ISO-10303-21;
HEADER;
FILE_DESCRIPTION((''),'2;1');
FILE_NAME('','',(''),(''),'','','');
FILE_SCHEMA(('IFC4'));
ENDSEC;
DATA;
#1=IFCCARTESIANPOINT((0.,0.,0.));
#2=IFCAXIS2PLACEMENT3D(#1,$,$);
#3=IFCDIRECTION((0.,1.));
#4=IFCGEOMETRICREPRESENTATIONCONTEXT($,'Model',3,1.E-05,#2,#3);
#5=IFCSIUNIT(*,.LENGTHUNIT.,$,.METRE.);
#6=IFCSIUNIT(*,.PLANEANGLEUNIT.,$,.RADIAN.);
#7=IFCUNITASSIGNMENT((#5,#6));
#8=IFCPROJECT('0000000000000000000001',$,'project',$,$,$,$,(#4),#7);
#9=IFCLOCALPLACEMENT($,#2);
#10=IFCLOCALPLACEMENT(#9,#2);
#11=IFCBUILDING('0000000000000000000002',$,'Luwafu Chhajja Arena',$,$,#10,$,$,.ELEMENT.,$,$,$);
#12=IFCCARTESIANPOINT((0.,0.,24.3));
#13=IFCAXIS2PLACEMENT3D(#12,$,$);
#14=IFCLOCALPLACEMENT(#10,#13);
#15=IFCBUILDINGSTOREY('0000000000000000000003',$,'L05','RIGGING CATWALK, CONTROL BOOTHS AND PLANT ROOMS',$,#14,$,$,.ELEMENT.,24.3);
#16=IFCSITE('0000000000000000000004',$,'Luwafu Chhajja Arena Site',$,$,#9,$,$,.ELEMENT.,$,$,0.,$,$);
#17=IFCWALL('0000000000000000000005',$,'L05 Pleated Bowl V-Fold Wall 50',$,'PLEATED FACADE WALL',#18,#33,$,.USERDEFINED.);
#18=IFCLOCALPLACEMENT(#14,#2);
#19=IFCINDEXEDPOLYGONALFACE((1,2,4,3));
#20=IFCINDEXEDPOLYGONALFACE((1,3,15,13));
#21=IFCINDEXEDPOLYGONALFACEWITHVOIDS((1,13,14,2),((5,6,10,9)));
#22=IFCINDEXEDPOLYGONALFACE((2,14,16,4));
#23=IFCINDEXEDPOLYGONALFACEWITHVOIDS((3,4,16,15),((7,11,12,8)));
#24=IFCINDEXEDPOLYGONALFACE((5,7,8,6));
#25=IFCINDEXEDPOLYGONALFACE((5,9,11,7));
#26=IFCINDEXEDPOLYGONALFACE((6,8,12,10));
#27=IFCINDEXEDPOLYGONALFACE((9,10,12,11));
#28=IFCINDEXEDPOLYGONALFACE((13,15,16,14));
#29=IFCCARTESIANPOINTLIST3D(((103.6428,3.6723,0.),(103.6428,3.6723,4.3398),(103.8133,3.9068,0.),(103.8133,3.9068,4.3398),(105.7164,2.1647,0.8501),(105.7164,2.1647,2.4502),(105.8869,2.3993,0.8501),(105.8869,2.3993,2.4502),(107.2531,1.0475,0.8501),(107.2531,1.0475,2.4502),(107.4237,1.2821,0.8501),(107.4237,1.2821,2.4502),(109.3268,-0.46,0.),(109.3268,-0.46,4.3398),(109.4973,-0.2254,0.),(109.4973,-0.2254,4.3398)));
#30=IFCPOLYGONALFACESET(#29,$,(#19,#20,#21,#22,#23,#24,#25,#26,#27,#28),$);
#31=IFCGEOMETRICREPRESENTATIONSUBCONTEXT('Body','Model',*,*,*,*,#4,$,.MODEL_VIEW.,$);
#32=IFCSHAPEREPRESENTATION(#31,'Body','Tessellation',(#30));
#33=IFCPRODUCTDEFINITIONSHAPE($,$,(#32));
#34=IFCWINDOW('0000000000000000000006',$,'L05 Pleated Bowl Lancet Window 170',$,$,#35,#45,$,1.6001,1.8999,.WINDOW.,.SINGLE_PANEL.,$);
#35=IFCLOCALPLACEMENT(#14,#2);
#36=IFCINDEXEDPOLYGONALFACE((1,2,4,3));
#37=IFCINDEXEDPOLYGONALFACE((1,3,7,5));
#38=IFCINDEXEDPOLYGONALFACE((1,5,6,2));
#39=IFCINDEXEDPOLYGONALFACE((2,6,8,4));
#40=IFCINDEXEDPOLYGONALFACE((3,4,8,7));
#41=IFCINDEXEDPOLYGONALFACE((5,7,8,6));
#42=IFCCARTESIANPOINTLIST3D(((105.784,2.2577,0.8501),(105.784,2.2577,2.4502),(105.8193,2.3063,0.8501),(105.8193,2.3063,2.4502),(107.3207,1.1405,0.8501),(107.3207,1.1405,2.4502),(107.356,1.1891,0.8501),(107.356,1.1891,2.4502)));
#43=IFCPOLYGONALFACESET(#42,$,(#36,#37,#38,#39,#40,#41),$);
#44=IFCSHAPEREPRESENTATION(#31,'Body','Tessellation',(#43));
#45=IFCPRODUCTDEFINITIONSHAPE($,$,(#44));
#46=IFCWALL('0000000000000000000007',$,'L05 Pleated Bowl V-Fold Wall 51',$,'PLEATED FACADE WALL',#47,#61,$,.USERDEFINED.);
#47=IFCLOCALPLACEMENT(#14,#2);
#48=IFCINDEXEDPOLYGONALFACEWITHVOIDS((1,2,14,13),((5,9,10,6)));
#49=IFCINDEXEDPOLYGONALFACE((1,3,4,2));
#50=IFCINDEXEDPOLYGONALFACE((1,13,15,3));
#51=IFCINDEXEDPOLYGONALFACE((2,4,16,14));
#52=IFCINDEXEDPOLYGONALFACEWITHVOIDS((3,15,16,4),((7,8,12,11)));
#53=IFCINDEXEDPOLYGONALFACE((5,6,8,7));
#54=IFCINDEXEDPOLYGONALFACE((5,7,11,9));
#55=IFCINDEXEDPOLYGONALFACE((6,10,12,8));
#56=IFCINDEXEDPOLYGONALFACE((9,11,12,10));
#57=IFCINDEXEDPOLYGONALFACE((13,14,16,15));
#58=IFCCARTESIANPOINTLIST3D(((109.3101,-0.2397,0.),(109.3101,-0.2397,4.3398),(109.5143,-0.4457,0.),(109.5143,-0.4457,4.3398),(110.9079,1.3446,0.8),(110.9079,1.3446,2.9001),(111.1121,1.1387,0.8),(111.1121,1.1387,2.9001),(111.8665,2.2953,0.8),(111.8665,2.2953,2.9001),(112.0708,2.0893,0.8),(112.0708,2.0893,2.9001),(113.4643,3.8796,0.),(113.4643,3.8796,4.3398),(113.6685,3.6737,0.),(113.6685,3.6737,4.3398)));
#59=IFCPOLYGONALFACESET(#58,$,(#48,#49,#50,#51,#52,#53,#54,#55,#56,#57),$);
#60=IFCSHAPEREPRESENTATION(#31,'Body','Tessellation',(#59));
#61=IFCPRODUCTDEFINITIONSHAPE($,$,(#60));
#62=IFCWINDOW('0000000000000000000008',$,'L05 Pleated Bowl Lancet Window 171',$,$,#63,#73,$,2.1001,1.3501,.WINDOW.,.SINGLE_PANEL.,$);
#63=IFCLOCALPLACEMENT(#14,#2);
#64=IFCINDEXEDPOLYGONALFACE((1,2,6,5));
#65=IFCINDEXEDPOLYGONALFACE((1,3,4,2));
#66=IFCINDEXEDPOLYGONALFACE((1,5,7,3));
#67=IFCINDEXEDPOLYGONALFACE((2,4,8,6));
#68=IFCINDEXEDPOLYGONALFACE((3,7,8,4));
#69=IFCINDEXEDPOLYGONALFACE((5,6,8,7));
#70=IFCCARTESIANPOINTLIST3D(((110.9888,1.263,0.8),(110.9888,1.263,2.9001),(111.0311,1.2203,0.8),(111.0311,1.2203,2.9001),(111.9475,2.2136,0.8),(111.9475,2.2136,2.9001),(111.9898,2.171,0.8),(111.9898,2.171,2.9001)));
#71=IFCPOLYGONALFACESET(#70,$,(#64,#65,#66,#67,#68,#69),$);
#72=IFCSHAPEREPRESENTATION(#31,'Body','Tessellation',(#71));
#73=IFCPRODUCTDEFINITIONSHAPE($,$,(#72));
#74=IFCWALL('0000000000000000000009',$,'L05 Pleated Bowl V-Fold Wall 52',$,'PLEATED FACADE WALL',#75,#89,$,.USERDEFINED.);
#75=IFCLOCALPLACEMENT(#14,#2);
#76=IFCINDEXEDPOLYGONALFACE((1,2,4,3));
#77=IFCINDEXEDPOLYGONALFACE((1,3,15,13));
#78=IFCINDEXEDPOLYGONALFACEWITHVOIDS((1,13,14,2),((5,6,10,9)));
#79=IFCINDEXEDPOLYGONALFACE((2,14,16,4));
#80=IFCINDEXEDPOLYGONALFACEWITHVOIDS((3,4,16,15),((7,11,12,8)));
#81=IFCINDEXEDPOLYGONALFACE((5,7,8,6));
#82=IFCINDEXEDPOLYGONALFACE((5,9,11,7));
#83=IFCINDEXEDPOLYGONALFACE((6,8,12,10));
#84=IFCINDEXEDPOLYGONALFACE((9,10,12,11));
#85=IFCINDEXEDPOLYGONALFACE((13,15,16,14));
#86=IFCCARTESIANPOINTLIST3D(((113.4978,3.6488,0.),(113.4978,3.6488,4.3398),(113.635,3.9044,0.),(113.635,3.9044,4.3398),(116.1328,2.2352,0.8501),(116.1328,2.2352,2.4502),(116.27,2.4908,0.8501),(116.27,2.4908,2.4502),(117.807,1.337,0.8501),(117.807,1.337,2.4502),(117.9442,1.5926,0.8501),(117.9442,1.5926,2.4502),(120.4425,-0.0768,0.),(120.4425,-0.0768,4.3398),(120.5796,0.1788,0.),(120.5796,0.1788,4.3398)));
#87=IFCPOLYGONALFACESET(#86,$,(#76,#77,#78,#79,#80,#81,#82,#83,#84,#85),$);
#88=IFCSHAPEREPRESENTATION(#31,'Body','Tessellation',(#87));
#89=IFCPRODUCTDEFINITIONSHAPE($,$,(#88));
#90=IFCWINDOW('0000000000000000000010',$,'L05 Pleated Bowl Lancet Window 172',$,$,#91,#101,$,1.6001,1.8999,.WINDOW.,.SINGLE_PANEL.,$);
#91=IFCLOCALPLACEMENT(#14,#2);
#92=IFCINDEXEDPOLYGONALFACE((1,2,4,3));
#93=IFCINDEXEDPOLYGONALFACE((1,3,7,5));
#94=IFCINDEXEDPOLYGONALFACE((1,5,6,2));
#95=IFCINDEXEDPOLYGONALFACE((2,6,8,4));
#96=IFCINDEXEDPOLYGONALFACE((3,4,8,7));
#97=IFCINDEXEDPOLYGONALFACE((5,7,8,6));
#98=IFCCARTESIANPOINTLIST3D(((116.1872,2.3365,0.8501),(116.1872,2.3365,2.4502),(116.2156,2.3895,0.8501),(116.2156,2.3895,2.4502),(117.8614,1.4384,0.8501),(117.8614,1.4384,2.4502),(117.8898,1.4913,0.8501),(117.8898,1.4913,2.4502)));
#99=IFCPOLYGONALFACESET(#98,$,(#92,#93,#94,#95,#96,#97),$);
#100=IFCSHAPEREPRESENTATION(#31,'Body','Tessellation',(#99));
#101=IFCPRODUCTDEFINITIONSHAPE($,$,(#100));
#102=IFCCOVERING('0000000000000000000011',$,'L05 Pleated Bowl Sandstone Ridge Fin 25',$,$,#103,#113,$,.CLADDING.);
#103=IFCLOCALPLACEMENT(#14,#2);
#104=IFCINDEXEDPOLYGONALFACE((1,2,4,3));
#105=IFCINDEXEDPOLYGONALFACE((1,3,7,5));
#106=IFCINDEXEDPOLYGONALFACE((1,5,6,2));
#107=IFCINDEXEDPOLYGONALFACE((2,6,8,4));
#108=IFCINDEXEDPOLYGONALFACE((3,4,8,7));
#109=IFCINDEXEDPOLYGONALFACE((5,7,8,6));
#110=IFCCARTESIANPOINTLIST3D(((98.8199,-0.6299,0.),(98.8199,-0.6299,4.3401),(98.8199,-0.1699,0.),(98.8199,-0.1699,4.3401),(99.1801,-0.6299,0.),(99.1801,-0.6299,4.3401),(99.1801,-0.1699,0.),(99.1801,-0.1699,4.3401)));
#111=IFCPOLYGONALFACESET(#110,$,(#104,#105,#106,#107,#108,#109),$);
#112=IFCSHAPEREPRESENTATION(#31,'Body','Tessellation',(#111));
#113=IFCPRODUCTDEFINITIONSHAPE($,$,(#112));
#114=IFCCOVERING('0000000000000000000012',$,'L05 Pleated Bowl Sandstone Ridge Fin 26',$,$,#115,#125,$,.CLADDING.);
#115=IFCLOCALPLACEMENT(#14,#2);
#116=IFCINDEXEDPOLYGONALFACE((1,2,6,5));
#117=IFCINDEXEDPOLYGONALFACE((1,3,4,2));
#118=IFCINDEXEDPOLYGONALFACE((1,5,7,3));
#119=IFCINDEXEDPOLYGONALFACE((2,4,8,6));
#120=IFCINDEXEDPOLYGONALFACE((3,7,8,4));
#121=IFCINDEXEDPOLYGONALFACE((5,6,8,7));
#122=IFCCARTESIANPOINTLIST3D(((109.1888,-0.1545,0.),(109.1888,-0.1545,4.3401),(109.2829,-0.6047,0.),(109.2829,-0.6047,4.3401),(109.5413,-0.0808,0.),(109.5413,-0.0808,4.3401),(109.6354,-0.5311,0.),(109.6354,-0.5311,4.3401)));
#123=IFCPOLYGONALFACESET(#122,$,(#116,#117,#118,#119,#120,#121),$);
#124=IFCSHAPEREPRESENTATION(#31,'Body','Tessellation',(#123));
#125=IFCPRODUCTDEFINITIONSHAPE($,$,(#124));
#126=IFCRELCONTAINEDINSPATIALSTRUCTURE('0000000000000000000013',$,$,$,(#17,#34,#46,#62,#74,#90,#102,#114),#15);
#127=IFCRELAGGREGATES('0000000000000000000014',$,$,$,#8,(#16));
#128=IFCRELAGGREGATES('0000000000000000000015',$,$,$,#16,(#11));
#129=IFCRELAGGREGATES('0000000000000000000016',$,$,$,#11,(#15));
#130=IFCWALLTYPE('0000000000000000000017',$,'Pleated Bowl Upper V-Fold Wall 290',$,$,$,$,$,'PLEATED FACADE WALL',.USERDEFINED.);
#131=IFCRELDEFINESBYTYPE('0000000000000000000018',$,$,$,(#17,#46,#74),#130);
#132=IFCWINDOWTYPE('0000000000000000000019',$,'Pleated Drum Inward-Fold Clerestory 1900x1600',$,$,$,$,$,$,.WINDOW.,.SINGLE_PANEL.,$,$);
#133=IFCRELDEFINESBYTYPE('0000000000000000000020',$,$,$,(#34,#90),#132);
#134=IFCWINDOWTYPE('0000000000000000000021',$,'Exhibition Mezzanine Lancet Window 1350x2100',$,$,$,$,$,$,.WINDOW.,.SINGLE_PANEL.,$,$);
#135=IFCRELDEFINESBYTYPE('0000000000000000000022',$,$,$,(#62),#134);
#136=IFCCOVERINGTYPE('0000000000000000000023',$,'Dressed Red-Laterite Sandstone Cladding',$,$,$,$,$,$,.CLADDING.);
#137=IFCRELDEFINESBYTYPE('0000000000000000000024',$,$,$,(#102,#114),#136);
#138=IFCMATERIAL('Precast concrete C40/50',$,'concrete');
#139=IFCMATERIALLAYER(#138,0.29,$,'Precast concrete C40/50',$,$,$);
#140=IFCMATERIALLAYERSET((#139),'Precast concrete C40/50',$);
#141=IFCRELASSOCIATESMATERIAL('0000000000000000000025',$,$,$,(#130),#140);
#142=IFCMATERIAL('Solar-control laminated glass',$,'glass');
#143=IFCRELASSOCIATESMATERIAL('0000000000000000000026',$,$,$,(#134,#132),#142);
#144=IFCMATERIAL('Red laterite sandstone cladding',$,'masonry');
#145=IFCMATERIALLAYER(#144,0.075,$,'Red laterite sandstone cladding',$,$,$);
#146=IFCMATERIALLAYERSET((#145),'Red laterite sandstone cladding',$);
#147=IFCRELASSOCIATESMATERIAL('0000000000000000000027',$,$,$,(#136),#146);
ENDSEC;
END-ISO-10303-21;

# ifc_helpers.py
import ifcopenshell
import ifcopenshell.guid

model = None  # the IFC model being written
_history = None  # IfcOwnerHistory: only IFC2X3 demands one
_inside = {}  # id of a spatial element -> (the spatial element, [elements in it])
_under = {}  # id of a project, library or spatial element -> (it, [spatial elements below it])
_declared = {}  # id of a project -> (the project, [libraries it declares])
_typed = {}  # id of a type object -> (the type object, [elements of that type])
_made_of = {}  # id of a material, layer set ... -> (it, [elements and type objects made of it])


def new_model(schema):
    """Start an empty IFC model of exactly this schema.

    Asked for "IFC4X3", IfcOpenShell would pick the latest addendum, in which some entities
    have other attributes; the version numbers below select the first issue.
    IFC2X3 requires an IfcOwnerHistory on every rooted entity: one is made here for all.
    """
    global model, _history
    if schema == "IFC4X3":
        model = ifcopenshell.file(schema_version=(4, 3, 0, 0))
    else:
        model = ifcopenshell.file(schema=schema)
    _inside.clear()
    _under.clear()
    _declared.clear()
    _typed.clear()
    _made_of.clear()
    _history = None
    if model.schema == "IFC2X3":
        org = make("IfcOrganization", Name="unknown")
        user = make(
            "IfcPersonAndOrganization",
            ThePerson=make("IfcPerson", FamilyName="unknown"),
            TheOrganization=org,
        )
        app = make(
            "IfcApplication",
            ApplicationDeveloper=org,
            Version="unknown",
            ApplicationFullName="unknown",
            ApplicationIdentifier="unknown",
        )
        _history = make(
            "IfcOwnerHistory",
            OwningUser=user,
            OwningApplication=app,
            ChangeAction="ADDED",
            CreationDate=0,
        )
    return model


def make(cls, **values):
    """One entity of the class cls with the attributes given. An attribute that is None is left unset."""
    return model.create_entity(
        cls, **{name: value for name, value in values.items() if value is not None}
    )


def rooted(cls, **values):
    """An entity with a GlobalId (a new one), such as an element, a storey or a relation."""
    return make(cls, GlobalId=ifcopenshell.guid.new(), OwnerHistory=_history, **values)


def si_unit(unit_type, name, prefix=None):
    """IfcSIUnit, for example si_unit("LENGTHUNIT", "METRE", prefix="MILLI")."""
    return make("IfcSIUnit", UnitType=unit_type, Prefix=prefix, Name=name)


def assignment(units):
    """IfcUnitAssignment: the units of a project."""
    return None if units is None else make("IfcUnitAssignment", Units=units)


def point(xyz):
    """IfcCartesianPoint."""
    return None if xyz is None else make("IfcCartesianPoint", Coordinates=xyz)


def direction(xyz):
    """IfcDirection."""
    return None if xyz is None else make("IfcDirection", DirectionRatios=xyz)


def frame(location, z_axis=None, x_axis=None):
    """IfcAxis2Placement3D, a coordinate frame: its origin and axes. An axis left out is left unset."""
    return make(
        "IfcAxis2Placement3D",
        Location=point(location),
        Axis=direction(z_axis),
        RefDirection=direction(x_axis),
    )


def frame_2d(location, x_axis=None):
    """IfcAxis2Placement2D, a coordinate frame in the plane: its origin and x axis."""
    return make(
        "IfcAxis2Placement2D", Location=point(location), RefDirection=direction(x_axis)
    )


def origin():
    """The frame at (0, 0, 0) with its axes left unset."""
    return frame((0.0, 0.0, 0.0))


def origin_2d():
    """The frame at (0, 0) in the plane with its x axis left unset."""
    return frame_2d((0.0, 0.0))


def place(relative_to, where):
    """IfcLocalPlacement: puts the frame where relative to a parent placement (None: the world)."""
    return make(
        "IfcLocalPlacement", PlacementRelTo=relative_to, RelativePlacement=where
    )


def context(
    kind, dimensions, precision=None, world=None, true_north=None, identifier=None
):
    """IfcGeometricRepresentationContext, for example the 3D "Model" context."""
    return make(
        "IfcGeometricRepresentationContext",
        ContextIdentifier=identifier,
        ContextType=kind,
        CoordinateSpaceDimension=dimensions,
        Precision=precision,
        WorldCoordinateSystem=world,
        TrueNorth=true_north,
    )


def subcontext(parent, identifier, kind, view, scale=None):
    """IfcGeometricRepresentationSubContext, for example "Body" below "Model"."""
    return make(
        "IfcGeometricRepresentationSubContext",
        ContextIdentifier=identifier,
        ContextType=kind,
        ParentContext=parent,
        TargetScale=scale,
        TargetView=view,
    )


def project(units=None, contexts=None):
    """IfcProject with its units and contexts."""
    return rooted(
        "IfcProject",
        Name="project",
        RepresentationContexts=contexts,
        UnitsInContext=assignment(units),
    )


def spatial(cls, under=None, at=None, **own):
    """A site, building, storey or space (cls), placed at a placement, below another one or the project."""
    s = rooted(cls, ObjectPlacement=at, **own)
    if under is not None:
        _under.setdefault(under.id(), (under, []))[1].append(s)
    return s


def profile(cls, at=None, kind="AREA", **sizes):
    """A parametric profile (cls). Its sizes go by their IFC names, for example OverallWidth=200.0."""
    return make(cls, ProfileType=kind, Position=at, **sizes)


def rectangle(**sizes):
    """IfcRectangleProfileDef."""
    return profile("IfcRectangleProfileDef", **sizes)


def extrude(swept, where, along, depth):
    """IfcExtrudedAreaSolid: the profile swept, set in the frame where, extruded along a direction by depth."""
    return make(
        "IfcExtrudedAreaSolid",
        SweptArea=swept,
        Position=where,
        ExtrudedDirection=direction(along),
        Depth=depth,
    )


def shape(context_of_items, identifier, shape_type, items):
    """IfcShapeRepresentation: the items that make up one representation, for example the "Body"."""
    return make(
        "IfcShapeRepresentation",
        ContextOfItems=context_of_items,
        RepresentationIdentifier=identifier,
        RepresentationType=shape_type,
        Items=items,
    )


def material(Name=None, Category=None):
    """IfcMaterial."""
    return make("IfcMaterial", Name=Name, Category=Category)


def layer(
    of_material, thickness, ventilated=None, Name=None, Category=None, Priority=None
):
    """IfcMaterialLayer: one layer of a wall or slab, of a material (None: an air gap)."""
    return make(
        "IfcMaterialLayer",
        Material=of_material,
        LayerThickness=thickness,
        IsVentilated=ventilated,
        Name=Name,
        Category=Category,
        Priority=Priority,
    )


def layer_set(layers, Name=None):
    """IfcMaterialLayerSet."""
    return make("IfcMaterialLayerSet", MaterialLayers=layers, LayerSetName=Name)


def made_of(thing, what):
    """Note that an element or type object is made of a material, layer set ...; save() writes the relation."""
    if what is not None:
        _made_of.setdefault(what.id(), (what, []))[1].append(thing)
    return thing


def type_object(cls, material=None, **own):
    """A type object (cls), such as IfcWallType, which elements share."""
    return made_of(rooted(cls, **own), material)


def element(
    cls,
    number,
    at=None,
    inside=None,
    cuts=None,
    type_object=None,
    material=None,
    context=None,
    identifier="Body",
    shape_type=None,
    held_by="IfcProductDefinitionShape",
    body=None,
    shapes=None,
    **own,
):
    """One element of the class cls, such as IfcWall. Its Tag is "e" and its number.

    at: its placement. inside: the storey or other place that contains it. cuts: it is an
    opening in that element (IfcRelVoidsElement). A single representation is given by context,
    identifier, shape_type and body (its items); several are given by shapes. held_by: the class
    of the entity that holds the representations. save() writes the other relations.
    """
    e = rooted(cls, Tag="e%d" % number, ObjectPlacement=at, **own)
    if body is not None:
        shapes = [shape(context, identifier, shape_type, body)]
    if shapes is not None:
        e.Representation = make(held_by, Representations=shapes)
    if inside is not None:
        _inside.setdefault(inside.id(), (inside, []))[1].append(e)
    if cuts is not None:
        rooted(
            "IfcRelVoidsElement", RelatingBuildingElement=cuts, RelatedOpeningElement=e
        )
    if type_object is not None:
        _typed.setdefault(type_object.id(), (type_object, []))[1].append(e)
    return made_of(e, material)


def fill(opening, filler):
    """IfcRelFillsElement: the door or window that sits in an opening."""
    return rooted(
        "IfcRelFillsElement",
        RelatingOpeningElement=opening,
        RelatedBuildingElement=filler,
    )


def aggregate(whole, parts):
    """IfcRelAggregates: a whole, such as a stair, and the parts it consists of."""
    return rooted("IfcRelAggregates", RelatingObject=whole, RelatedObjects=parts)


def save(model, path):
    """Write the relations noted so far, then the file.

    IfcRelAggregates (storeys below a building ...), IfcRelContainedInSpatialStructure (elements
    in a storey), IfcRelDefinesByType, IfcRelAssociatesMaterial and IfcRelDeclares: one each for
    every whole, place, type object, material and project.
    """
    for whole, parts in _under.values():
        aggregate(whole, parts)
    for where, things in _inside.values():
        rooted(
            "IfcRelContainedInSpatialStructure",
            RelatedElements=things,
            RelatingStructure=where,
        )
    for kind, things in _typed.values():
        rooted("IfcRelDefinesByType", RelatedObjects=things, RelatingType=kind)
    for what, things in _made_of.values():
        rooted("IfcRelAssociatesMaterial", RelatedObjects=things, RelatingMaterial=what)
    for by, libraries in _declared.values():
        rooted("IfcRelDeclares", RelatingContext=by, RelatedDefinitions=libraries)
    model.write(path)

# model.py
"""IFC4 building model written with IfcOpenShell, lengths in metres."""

from ifc_helpers import new_model, si_unit, direction, frame, frame_2d, origin, origin_2d, place, context, subcontext, project, spatial, rectangle, extrude, material, layer, layer_set, type_object, element, fill, save


model = new_model("IFC4")

# Units and contexts
model_context = context("Model", 3, precision=1e-05, world=origin(), true_north=direction((0.0, 1.0)))
body_context = subcontext(model_context, "Body", "Model", "MODEL_VIEW")
ifc_project = project(units=[si_unit("LENGTHUNIT", "METRE"), si_unit("PLANEANGLEUNIT", "RADIAN")], contexts=[model_context])

# Site, building, storey
site_placement = place(None, origin())
site = spatial("IfcSite", under=ifc_project, at=site_placement, Name="Luwafu Chhajja Arena Site", CompositionType="ELEMENT", RefElevation=0.0)
building_placement = place(site_placement, origin())
building = spatial("IfcBuilding", under=site, at=building_placement, Name="Luwafu Chhajja Arena", CompositionType="ELEMENT")
storey_placement = place(building_placement, frame((0.0, 0.0, 24.3)))
storey = spatial("IfcBuildingStorey", under=building, at=storey_placement, Name="L05", Description="RIGGING CATWALK, CONTROL BOOTHS AND PLANT ROOMS", CompositionType="ELEMENT", Elevation=24.3)

# Walls, openings, windows
ifc_material_1 = material(Name="Precast concrete C40/50", Category="concrete")
ifc_layer_1 = layer(ifc_material_1, 0.29, Name="Precast concrete C40/50")
ifc_layer_set_1 = layer_set([ifc_layer_1], Name="Precast concrete C40/50")
wall_type_1 = type_object("IfcWallType", Name="Pleated Bowl Upper V-Fold Wall 290", ElementType="PLEATED FACADE WALL", PredefinedType="USERDEFINED", material=ifc_layer_set_1)
ifc_material_2 = material(Name="Solar-control laminated glass", Category="glass")
window_type_1 = type_object("IfcWindowType", Name="Exhibition Mezzanine Lancet Window 1350x2100", PartitioningType="SINGLE_PANEL", PredefinedType="WINDOW", material=ifc_material_2)
wall_1_placement = place(storey_placement, frame((103.728, 3.7896, 0.0), z_axis=(0.0, 0.0, 1.0), x_axis=(0.808841, -0.588027, 0.0)))
wall_1 = element("IfcWall", 1, at=wall_1_placement, inside=storey, type_object=wall_type_1, Name="L05 Pleated Bowl V-Fold Wall 50", ObjectType="PLEATED FACADE WALL", PredefinedType="USERDEFINED", context=body_context, shape_type="SweptSolid", body=[
    extrude(rectangle(XDim=7.0273, YDim=0.29, at=frame_2d((3.5137, 0.0))), origin(), (0.0, 0.0, 1.0), 4.3398),
])
opening_1_placement = place(wall_1_placement, frame((2.5637, 0.0, 0.8501)))
opening_1 = element("IfcOpeningElement", 2, at=opening_1_placement, cuts=wall_1, PredefinedType="OPENING", context=body_context, shape_type="SweptSolid", body=[
    extrude(rectangle(XDim=1.8999, YDim=1.6001, at=frame_2d((0.95, 0.8))), frame((0.0, 0.155, 0.0), z_axis=(0.0, -1.0, 0.0), x_axis=(1.0, 0.0, 0.0)), (0.0, 0.0, 1.0), 0.3101),
])
window_type_2 = type_object("IfcWindowType", Name="Pleated Drum Inward-Fold Clerestory 1900x1600", PartitioningType="SINGLE_PANEL", PredefinedType="WINDOW", material=ifc_material_2)
window_1_placement = place(opening_1_placement, origin())
window_1 = element("IfcWindow", 3, at=window_1_placement, inside=storey, type_object=window_type_2, Name="L05 Pleated Bowl Lancet Window 170", OverallHeight=1.6001, OverallWidth=1.8999, PartitioningType="SINGLE_PANEL", PredefinedType="WINDOW", context=body_context, shape_type="SweptSolid", body=[
    extrude(rectangle(XDim=1.8999, YDim=1.6001, at=frame_2d((0.95, 0.8))), frame((0.0, 0.03, 0.0), z_axis=(0.0, -1.0, 0.0), x_axis=(1.0, 0.0, 0.0)), (0.0, 0.0, 1.0), 0.0601),
])
fill(opening_1, window_1)
wall_2_placement = place(storey_placement, frame((109.4121, -0.3428, 0.0), z_axis=(0.0, 0.0, 1.0), x_axis=(0.710084, 0.704117, 0.0)))
wall_2 = element("IfcWall", 4, at=wall_2_placement, inside=storey, type_object=wall_type_1, Name="L05 Pleated Bowl V-Fold Wall 51", ObjectType="PLEATED FACADE WALL", PredefinedType="USERDEFINED", context=body_context, shape_type="SweptSolid", body=[
    extrude(rectangle(XDim=5.8503, YDim=0.29, at=frame_2d((2.9253, 0.0))), origin(), (0.0, 0.0, 1.0), 4.3398),
])
opening_2_placement = place(wall_2_placement, frame((2.2502, 0.0, 0.8)))
opening_2 = element("IfcOpeningElement", 5, at=opening_2_placement, cuts=wall_2, PredefinedType="OPENING", context=body_context, shape_type="SweptSolid", body=[
    extrude(rectangle(XDim=1.3501, YDim=2.1001, at=frame_2d((0.675, 1.05))), frame((0.0, 0.155, 0.0), z_axis=(0.0, -1.0, 0.0), x_axis=(1.0, 0.0, 0.0)), (0.0, 0.0, 1.0), 0.3101),
])
window_2_placement = place(opening_2_placement, origin())
window_2 = element("IfcWindow", 6, at=window_2_placement, inside=storey, type_object=window_type_1, Name="L05 Pleated Bowl Lancet Window 171", OverallHeight=2.1001, OverallWidth=1.3501, PartitioningType="SINGLE_PANEL", PredefinedType="WINDOW", context=body_context, shape_type="SweptSolid", body=[
    extrude(rectangle(XDim=1.3501, YDim=2.1001, at=frame_2d((0.675, 1.05))), frame((0.0, 0.03, 0.0), z_axis=(0.0, -1.0, 0.0), x_axis=(1.0, 0.0, 0.0)), (0.0, 0.0, 1.0), 0.0601),
])
fill(opening_2, window_2)
wall_3_placement = place(storey_placement, frame((113.5664, 3.7766, 0.0), z_axis=(0.0, 0.0, 1.0), x_axis=(0.881201, -0.472741, 0.0)))
wall_3 = element("IfcWall", 7, at=wall_3_placement, inside=storey, type_object=wall_type_1, Name="L05 Pleated Bowl V-Fold Wall 52", ObjectType="PLEATED FACADE WALL", PredefinedType="USERDEFINED", context=body_context, shape_type="SweptSolid", body=[
    extrude(rectangle(XDim=7.8809, YDim=0.29, at=frame_2d((3.9404, 0.0))), origin(), (0.0, 0.0, 1.0), 4.3398),
])
opening_3_placement = place(wall_3_placement, frame((2.9902, 0.0, 0.8501)))
opening_3 = element("IfcOpeningElement", 8, at=opening_3_placement, cuts=wall_3, PredefinedType="OPENING", context=body_context, shape_type="SweptSolid", body=[
    extrude(rectangle(XDim=1.8999, YDim=1.6001, at=frame_2d((0.95, 0.8))), frame((0.0, 0.155, 0.0), z_axis=(0.0, -1.0, 0.0), x_axis=(1.0, 0.0, 0.0)), (0.0, 0.0, 1.0), 0.3101),
])
window_3_placement = place(opening_3_placement, origin())
window_3 = element("IfcWindow", 9, at=window_3_placement, inside=storey, type_object=window_type_2, Name="L05 Pleated Bowl Lancet Window 172", OverallHeight=1.6001, OverallWidth=1.8999, PartitioningType="SINGLE_PANEL", PredefinedType="WINDOW", context=body_context, shape_type="SweptSolid", body=[
    extrude(rectangle(XDim=1.8999, YDim=1.6001, at=frame_2d((0.95, 0.8))), frame((0.0, 0.03, 0.0), z_axis=(0.0, -1.0, 0.0), x_axis=(1.0, 0.0, 0.0)), (0.0, 0.0, 1.0), 0.0601),
])
fill(opening_3, window_3)

# Coverings
ifc_material_3 = material(Name="Red laterite sandstone cladding", Category="masonry")
ifc_layer_2 = layer(ifc_material_3, 0.075, Name="Red laterite sandstone cladding")
ifc_layer_set_2 = layer_set([ifc_layer_2], Name="Red laterite sandstone cladding")
covering_type = type_object("IfcCoveringType", Name="Dressed Red-Laterite Sandstone Cladding", PredefinedType="CLADDING", material=ifc_layer_set_2)
for number, where, z_axis, x_axis, name in (
    (10, (99.0, -0.3999, 0.0), (0.0, 0.0, 1.0), (0.0, -1.0, 0.0), "L05 Pleated Bowl Sandstone Ridge Fin 25"),
    (11, (109.4121, -0.3428, 0.0), (0.0, 0.0, 1.0), (0.204485, -0.97887, 0.0), "L05 Pleated Bowl Sandstone Ridge Fin 26"),
):
    element("IfcCovering", number, at=place(storey_placement, frame(where, z_axis=z_axis, x_axis=x_axis)), inside=storey, type_object=covering_type, Name=name, PredefinedType="CLADDING", context=body_context, shape_type="SweptSolid", body=[
        extrude(rectangle(XDim=0.46, YDim=0.3601, at=origin_2d()), origin(), (0.0, 0.0, 1.0), 4.3401),
    ])

save(model, "model.ifc")
